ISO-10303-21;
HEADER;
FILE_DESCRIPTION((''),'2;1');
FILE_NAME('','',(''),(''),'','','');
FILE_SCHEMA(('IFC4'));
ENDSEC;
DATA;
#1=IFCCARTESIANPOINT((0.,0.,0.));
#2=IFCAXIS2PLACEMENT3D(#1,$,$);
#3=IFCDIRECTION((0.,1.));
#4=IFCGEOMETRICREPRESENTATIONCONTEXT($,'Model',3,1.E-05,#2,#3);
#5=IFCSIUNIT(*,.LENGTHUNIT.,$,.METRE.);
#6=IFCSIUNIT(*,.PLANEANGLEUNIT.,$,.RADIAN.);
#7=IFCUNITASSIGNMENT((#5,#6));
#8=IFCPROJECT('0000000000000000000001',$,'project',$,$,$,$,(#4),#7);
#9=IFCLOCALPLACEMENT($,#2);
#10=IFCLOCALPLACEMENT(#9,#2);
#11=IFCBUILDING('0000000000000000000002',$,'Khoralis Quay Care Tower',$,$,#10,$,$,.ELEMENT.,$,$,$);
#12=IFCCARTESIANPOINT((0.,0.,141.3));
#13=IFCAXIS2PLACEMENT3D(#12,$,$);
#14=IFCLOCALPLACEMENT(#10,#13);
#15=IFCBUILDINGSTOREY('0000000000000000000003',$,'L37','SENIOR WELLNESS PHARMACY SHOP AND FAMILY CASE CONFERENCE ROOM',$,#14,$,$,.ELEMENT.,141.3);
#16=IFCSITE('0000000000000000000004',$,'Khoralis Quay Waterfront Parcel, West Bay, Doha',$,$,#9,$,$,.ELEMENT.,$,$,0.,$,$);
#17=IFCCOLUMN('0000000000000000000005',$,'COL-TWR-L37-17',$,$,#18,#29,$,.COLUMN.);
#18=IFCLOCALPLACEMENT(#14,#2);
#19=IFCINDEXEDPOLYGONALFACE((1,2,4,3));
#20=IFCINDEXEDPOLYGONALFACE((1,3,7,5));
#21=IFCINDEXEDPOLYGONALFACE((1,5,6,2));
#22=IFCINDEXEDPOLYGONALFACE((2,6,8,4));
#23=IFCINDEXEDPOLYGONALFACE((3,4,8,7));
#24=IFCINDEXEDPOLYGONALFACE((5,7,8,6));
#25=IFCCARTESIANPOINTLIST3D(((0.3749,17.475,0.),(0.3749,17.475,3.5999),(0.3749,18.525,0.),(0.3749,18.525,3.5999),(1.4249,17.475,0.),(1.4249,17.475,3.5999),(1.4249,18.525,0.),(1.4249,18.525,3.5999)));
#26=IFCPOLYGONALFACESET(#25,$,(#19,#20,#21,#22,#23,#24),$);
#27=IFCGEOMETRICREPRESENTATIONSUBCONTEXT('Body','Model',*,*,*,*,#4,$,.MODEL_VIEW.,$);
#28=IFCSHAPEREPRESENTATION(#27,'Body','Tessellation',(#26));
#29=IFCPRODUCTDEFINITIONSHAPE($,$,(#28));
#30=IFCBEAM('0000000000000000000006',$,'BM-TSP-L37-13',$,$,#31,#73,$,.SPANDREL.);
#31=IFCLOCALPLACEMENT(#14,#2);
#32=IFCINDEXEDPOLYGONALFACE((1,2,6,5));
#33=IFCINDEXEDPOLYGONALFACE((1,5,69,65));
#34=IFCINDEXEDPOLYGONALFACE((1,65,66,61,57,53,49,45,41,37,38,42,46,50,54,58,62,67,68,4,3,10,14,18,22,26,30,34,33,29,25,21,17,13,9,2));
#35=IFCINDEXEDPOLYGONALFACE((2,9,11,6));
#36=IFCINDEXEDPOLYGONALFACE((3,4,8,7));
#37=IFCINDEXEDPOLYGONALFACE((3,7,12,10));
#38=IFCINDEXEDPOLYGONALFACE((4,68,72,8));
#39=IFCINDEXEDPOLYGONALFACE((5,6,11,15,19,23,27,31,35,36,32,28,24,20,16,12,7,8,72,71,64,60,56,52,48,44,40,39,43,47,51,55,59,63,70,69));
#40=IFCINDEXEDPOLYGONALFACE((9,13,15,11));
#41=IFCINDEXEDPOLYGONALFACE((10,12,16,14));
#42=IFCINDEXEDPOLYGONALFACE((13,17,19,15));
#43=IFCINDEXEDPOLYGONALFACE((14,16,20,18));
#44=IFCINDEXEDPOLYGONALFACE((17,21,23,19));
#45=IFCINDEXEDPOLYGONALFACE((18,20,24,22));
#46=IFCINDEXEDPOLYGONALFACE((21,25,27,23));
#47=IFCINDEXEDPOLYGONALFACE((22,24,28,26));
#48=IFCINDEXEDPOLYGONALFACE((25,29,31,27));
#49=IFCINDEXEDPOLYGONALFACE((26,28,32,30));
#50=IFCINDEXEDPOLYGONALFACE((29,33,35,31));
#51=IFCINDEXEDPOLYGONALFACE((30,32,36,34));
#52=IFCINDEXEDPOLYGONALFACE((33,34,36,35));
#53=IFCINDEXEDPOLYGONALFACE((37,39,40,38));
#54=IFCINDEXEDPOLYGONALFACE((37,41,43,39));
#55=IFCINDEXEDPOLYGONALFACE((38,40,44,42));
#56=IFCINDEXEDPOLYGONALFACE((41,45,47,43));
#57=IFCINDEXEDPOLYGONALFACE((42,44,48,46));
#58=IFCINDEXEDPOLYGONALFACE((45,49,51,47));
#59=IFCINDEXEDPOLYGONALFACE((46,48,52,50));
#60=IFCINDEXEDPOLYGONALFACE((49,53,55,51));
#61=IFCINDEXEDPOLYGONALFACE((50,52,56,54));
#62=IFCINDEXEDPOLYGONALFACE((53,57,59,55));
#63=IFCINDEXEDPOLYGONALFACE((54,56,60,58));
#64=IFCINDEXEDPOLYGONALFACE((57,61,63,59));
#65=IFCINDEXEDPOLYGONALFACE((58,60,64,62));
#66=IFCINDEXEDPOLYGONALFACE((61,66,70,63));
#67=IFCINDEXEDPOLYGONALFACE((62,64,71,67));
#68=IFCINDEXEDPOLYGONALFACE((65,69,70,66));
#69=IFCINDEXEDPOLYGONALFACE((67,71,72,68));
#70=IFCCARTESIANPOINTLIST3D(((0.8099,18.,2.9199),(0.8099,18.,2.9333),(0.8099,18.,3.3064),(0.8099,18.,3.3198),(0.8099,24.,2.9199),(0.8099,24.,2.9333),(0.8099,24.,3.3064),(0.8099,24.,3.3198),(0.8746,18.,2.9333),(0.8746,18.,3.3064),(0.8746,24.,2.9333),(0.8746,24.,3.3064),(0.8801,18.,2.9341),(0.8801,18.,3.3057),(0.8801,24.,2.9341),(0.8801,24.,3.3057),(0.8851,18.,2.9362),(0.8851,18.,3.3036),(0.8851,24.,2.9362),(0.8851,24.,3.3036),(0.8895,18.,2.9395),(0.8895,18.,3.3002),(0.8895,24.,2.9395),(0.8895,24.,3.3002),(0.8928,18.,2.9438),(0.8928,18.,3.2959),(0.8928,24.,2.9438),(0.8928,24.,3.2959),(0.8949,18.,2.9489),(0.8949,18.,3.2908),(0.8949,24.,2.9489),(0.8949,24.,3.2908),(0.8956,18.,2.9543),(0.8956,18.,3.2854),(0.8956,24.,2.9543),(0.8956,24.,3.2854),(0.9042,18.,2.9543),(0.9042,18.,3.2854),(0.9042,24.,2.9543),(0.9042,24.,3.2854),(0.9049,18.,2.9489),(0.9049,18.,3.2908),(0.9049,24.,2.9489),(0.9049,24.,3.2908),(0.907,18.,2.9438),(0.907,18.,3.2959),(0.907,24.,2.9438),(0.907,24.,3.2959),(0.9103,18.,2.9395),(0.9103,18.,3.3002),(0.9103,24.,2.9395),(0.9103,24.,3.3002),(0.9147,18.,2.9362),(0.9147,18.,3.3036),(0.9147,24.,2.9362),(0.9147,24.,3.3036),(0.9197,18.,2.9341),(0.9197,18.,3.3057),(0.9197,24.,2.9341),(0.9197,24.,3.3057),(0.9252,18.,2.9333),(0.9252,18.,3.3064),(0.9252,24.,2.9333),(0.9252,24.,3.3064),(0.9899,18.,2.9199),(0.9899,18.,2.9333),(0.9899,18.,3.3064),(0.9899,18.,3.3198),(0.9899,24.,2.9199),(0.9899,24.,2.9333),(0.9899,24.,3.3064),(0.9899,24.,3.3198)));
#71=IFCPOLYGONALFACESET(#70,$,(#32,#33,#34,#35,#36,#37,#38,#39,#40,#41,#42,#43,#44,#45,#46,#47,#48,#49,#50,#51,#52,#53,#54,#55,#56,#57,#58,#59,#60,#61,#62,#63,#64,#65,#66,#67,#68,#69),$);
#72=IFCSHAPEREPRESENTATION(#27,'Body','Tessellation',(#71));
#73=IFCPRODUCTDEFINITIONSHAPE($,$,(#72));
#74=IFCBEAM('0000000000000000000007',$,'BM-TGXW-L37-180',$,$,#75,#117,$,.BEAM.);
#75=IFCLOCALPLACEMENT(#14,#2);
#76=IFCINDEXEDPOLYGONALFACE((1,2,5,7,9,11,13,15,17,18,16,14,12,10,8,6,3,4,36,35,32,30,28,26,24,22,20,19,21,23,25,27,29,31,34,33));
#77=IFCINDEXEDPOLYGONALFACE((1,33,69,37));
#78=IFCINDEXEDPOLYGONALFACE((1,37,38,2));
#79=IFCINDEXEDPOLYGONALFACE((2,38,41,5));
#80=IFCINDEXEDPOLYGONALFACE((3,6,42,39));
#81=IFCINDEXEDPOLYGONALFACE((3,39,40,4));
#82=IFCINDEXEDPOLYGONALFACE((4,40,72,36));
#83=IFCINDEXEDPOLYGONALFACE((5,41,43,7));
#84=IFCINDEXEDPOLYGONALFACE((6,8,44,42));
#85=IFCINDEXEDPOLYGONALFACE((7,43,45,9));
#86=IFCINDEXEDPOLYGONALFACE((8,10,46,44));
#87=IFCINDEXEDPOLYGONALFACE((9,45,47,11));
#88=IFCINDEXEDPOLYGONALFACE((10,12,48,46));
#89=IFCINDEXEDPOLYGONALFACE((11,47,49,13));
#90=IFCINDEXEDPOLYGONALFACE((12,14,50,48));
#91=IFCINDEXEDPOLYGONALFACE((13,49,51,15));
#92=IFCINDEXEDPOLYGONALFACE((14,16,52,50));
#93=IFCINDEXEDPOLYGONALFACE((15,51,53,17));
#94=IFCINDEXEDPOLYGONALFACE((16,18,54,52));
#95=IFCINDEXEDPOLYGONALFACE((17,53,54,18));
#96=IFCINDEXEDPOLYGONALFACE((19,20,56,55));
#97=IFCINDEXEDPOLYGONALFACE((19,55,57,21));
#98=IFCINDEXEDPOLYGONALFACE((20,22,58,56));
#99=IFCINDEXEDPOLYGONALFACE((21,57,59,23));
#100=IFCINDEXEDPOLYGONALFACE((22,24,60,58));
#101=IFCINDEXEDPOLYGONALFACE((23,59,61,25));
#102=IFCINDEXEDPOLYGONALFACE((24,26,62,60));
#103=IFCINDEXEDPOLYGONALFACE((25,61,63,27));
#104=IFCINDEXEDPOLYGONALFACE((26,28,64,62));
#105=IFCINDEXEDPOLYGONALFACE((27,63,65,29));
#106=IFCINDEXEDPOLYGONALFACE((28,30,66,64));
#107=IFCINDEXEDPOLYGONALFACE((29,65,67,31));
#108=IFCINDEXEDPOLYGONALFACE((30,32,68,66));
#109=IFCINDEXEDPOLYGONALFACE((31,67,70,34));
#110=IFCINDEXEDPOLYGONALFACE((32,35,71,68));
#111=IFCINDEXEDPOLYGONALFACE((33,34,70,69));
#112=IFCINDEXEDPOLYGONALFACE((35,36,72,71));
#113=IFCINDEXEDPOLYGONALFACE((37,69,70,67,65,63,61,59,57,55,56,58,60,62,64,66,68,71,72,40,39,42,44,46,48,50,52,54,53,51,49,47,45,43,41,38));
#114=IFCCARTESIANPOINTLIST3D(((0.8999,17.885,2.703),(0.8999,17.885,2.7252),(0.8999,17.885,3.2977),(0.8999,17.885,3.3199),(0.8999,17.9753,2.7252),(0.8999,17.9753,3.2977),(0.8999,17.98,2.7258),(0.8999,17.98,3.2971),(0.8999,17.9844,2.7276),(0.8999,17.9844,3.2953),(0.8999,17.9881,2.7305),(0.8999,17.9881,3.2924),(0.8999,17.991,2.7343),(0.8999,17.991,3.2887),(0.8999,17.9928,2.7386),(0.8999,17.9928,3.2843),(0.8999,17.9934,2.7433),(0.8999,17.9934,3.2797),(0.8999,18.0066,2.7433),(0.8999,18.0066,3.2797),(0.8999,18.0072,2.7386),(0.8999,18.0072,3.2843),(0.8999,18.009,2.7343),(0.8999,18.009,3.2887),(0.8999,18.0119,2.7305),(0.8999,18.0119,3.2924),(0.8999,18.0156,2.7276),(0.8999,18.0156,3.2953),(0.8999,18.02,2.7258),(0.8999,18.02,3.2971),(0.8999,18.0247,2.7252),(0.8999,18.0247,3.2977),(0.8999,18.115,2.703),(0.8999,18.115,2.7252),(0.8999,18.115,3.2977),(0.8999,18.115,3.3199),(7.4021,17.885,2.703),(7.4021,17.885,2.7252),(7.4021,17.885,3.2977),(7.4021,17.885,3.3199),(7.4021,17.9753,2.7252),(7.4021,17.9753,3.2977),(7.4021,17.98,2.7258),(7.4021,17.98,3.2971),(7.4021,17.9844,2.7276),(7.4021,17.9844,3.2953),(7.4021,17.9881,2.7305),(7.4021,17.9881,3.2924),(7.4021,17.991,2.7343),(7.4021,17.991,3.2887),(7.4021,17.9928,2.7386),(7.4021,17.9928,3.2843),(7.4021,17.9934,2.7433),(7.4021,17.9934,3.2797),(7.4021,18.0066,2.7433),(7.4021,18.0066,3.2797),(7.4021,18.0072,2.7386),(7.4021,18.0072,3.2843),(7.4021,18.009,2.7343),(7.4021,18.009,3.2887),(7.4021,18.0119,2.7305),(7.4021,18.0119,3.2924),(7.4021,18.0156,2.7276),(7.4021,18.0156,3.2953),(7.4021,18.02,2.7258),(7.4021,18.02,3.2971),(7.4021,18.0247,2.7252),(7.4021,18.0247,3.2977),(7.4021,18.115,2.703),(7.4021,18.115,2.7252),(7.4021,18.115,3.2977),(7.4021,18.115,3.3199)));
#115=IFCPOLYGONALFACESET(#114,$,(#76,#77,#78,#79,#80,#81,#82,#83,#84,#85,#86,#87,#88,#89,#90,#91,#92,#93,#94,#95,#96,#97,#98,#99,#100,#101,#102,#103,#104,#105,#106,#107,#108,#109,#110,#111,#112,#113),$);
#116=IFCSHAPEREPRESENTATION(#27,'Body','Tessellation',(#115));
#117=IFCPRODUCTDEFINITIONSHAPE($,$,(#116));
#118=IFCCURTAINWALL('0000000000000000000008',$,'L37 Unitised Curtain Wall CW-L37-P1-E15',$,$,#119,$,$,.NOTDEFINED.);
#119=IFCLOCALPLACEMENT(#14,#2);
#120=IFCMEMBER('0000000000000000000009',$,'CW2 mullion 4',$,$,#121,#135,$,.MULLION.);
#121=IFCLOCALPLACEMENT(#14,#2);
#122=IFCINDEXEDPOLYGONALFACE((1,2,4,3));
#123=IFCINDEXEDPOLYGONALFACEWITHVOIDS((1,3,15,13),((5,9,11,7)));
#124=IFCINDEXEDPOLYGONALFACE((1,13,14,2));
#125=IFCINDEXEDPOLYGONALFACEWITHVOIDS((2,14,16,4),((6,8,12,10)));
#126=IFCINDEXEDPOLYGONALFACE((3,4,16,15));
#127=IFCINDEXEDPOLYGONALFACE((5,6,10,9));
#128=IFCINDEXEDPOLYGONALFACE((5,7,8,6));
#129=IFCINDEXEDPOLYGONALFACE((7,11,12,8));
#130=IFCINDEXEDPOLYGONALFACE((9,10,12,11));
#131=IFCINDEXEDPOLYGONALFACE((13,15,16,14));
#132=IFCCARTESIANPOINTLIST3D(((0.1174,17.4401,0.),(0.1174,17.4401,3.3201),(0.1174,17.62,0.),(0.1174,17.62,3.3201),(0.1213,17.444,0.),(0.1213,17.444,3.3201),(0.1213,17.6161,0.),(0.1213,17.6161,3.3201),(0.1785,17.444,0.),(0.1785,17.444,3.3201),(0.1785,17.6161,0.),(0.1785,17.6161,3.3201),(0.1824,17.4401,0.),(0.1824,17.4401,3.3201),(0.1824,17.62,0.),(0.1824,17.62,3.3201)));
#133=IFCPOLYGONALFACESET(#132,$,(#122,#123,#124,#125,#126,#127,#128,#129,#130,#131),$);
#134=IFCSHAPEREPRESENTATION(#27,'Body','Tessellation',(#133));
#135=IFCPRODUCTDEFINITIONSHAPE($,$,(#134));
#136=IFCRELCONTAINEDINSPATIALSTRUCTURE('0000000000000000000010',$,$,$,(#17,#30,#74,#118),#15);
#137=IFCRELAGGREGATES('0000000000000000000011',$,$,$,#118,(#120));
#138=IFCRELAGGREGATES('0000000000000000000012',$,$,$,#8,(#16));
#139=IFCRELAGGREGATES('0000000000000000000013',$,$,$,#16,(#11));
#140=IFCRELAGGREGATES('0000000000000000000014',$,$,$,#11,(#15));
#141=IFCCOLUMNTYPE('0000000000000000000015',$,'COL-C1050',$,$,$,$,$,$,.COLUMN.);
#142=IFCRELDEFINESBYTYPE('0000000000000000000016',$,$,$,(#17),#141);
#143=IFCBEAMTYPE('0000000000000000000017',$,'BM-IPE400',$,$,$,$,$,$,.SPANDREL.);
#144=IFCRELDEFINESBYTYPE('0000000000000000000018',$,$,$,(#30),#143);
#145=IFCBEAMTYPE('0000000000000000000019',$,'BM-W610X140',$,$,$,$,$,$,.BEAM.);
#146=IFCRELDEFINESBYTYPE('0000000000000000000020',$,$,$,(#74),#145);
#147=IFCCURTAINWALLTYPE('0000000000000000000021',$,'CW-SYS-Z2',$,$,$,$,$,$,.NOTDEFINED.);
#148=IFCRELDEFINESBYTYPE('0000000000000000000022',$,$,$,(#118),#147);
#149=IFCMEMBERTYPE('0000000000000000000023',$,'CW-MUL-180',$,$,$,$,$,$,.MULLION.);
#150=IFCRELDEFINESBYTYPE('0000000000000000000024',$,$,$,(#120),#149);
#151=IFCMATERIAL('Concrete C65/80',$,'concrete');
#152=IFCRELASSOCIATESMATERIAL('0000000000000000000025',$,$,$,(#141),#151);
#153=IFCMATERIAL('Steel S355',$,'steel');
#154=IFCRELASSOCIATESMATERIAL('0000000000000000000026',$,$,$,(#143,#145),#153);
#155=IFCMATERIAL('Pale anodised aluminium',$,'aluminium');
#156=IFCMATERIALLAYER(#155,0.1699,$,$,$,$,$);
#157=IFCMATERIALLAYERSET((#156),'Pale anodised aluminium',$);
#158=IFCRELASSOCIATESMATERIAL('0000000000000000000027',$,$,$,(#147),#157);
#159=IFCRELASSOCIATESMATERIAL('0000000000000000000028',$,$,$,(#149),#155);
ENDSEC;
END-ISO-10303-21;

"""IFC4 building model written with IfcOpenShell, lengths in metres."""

from ifc_helpers import new_model, si_unit, direction, frame, origin, origin_2d, place, context, subcontext, project, spatial, rectangle, hollow_rectangle, i_section, extrude, source, transform, mapped, material, layer, layer_set, material_profile, profile_set, type_object, element, aggregate, save


model = new_model("IFC4")

# Units and contexts
model_context = context("Model", 3, precision=1e-05, world=origin(), true_north=direction((0.0, 1.0)))
body_context = subcontext(model_context, "Body", "Model", "MODEL_VIEW")
ifc_project = project(units=[si_unit("LENGTHUNIT", "METRE"), si_unit("PLANEANGLEUNIT", "RADIAN")], contexts=[model_context])

# Site, building, storey
site_placement = place(None, origin())
site = spatial("IfcSite", under=ifc_project, at=site_placement, Name="Khoralis Quay Waterfront Parcel, West Bay, Doha", CompositionType="ELEMENT", RefElevation=0.0)
building_placement = place(site_placement, origin())
building = spatial("IfcBuilding", under=site, at=building_placement, Name="Khoralis Quay Care Tower", CompositionType="ELEMENT")
storey_placement = place(building_placement, frame((0.0, 0.0, 141.3)))
storey = spatial("IfcBuildingStorey", under=building, at=storey_placement, Name="L37", Description="SENIOR WELLNESS PHARMACY SHOP AND FAMILY CASE CONFERENCE ROOM", CompositionType="ELEMENT", Elevation=141.3)

# Column
ifc_material_1 = material(Name="Concrete C65/80", Category="concrete")
ifc_material_profile_1 = material_profile(ifc_material_1, rectangle(XDim=1.05, YDim=1.05, at=origin_2d()), Name="Concrete C65/80")
ifc_profile_set_1 = profile_set([ifc_material_profile_1], Name="Concrete C65/80")
column_type = type_object("IfcColumnType", Name="COL-C1050", PredefinedType="COLUMN", material=ifc_profile_set_1)
shared_shape_1 = source(origin(), body_context, "Body", "SweptSolid", [
    extrude(rectangle(XDim=1.05, YDim=1.05, at=origin_2d()), origin(), (0.0, 0.0, 1.0), 3.5999),
])
column_placement = place(storey_placement, frame((0.8999, 18.0, 0.0), z_axis=(0.0, 0.0, 1.0), x_axis=(1.0, 0.0, 0.0)))
element("IfcColumn", 1, at=column_placement, inside=storey, type_object=column_type, Name="COL-TWR-L37-17", PredefinedType="COLUMN", context=body_context, shape_type="MappedRepresentation", body=[
    mapped(shared_shape_1, transform((0.0, 0.0, 0.0), scale=1.0)),
])

# Beams
ifc_material_2 = material(Name="Steel S355", Category="steel")
ifc_material_profile_2 = material_profile(ifc_material_2, i_section(OverallWidth=0.1799, OverallDepth=0.3999, WebThickness=0.0085, FlangeThickness=0.0134, FilletRadius=0.021, at=origin_2d()), Name="Steel S355")
ifc_profile_set_2 = profile_set([ifc_material_profile_2], Name="Steel S355")
beam_type_1 = type_object("IfcBeamType", Name="BM-IPE400", PredefinedType="SPANDREL", material=ifc_profile_set_2)
shared_shape_2 = source(origin(), body_context, "Body", "SweptSolid", [
    extrude(i_section(OverallWidth=0.1799, OverallDepth=0.3999, WebThickness=0.0085, FlangeThickness=0.0134, FilletRadius=0.021, at=origin_2d()), origin(), (0.0, 0.0, 1.0), 6.0),
])
beam_1_placement = place(storey_placement, frame((0.8999, 18.0, 3.1199), z_axis=(0.0, 1.0, 0.0), x_axis=(-1.0, 0.0, 0.0)))
element("IfcBeam", 2, at=beam_1_placement, inside=storey, type_object=beam_type_1, Name="BM-TSP-L37-13", PredefinedType="SPANDREL", context=body_context, shape_type="MappedRepresentation", body=[
    mapped(shared_shape_2, transform((0.0, 0.0, 0.0), scale=1.0)),
])
ifc_material_profile_3 = material_profile(ifc_material_2, i_section(OverallWidth=0.23, OverallDepth=0.6169, WebThickness=0.0132, FlangeThickness=0.0222, FilletRadius=0.0181, at=origin_2d()), Name="Steel S355")
ifc_profile_set_3 = profile_set([ifc_material_profile_3], Name="Steel S355")
beam_type_2 = type_object("IfcBeamType", Name="BM-W610X140", PredefinedType="BEAM", material=ifc_profile_set_3)
shared_shape_3 = source(origin(), body_context, "Body", "SweptSolid", [
    extrude(i_section(OverallWidth=0.23, OverallDepth=0.6169, WebThickness=0.0132, FlangeThickness=0.0222, FilletRadius=0.0181, at=origin_2d()), origin(), (0.0, 0.0, 1.0), 6.5022),
])
beam_2_placement = place(storey_placement, frame((0.8999, 18.0, 3.0115), z_axis=(1.0, 0.0, 0.0), x_axis=(0.0, 1.0, 0.0)))
element("IfcBeam", 3, at=beam_2_placement, inside=storey, type_object=beam_type_2, Name="BM-TGXW-L37-180", PredefinedType="BEAM", context=body_context, shape_type="MappedRepresentation", body=[
    mapped(shared_shape_3, transform((0.0, 0.0, 0.0), scale=1.0)),
])

# Curtain wall, member
ifc_material_3 = material(Name="Pale anodised aluminium", Category="aluminium")
ifc_layer_1 = layer(ifc_material_3, 0.1699)
ifc_layer_set_1 = layer_set([ifc_layer_1], Name="Pale anodised aluminium")
curtain_wall_type = type_object("IfcCurtainWallType", Name="CW-SYS-Z2", PredefinedType="NOTDEFINED", material=ifc_layer_set_1)
curtain_wall_placement = place(storey_placement, origin())
curtain_wall = element("IfcCurtainWall", 4, at=curtain_wall_placement, inside=storey, type_object=curtain_wall_type, Name="L37 Unitised Curtain Wall CW-L37-P1-E15", PredefinedType="NOTDEFINED")
ifc_material_profile_4 = material_profile(ifc_material_3, hollow_rectangle(XDim=0.0649, YDim=0.1799, WallThickness=0.0039, at=origin_2d()), Name="Pale anodised aluminium")
ifc_profile_set_4 = profile_set([ifc_material_profile_4], Name="Pale anodised aluminium")
member_type = type_object("IfcMemberType", Name="CW-MUL-180", PredefinedType="MULLION", material=ifc_profile_set_4)
shared_shape_4 = source(origin(), body_context, "Body", "SweptSolid", [
    extrude(hollow_rectangle(XDim=0.0649, YDim=0.1799, WallThickness=0.0039, at=origin_2d()), origin(), (0.0, 0.0, 1.0), 3.3201),
])
member_placement = place(storey_placement, frame((0.1499, 17.53, 0.0), z_axis=(0.0, 0.0, 1.0), x_axis=(1.0, 0.0, 0.0)))
member = element("IfcMember", 5, at=member_placement, type_object=member_type, Name="CW2 mullion 4", PredefinedType="MULLION", context=body_context, shape_type="MappedRepresentation", body=[
    mapped(shared_shape_4, transform((0.0, 0.0, 0.0), scale=1.0)),
])
aggregate(curtain_wall, [member])

save(model, "model.ifc")
